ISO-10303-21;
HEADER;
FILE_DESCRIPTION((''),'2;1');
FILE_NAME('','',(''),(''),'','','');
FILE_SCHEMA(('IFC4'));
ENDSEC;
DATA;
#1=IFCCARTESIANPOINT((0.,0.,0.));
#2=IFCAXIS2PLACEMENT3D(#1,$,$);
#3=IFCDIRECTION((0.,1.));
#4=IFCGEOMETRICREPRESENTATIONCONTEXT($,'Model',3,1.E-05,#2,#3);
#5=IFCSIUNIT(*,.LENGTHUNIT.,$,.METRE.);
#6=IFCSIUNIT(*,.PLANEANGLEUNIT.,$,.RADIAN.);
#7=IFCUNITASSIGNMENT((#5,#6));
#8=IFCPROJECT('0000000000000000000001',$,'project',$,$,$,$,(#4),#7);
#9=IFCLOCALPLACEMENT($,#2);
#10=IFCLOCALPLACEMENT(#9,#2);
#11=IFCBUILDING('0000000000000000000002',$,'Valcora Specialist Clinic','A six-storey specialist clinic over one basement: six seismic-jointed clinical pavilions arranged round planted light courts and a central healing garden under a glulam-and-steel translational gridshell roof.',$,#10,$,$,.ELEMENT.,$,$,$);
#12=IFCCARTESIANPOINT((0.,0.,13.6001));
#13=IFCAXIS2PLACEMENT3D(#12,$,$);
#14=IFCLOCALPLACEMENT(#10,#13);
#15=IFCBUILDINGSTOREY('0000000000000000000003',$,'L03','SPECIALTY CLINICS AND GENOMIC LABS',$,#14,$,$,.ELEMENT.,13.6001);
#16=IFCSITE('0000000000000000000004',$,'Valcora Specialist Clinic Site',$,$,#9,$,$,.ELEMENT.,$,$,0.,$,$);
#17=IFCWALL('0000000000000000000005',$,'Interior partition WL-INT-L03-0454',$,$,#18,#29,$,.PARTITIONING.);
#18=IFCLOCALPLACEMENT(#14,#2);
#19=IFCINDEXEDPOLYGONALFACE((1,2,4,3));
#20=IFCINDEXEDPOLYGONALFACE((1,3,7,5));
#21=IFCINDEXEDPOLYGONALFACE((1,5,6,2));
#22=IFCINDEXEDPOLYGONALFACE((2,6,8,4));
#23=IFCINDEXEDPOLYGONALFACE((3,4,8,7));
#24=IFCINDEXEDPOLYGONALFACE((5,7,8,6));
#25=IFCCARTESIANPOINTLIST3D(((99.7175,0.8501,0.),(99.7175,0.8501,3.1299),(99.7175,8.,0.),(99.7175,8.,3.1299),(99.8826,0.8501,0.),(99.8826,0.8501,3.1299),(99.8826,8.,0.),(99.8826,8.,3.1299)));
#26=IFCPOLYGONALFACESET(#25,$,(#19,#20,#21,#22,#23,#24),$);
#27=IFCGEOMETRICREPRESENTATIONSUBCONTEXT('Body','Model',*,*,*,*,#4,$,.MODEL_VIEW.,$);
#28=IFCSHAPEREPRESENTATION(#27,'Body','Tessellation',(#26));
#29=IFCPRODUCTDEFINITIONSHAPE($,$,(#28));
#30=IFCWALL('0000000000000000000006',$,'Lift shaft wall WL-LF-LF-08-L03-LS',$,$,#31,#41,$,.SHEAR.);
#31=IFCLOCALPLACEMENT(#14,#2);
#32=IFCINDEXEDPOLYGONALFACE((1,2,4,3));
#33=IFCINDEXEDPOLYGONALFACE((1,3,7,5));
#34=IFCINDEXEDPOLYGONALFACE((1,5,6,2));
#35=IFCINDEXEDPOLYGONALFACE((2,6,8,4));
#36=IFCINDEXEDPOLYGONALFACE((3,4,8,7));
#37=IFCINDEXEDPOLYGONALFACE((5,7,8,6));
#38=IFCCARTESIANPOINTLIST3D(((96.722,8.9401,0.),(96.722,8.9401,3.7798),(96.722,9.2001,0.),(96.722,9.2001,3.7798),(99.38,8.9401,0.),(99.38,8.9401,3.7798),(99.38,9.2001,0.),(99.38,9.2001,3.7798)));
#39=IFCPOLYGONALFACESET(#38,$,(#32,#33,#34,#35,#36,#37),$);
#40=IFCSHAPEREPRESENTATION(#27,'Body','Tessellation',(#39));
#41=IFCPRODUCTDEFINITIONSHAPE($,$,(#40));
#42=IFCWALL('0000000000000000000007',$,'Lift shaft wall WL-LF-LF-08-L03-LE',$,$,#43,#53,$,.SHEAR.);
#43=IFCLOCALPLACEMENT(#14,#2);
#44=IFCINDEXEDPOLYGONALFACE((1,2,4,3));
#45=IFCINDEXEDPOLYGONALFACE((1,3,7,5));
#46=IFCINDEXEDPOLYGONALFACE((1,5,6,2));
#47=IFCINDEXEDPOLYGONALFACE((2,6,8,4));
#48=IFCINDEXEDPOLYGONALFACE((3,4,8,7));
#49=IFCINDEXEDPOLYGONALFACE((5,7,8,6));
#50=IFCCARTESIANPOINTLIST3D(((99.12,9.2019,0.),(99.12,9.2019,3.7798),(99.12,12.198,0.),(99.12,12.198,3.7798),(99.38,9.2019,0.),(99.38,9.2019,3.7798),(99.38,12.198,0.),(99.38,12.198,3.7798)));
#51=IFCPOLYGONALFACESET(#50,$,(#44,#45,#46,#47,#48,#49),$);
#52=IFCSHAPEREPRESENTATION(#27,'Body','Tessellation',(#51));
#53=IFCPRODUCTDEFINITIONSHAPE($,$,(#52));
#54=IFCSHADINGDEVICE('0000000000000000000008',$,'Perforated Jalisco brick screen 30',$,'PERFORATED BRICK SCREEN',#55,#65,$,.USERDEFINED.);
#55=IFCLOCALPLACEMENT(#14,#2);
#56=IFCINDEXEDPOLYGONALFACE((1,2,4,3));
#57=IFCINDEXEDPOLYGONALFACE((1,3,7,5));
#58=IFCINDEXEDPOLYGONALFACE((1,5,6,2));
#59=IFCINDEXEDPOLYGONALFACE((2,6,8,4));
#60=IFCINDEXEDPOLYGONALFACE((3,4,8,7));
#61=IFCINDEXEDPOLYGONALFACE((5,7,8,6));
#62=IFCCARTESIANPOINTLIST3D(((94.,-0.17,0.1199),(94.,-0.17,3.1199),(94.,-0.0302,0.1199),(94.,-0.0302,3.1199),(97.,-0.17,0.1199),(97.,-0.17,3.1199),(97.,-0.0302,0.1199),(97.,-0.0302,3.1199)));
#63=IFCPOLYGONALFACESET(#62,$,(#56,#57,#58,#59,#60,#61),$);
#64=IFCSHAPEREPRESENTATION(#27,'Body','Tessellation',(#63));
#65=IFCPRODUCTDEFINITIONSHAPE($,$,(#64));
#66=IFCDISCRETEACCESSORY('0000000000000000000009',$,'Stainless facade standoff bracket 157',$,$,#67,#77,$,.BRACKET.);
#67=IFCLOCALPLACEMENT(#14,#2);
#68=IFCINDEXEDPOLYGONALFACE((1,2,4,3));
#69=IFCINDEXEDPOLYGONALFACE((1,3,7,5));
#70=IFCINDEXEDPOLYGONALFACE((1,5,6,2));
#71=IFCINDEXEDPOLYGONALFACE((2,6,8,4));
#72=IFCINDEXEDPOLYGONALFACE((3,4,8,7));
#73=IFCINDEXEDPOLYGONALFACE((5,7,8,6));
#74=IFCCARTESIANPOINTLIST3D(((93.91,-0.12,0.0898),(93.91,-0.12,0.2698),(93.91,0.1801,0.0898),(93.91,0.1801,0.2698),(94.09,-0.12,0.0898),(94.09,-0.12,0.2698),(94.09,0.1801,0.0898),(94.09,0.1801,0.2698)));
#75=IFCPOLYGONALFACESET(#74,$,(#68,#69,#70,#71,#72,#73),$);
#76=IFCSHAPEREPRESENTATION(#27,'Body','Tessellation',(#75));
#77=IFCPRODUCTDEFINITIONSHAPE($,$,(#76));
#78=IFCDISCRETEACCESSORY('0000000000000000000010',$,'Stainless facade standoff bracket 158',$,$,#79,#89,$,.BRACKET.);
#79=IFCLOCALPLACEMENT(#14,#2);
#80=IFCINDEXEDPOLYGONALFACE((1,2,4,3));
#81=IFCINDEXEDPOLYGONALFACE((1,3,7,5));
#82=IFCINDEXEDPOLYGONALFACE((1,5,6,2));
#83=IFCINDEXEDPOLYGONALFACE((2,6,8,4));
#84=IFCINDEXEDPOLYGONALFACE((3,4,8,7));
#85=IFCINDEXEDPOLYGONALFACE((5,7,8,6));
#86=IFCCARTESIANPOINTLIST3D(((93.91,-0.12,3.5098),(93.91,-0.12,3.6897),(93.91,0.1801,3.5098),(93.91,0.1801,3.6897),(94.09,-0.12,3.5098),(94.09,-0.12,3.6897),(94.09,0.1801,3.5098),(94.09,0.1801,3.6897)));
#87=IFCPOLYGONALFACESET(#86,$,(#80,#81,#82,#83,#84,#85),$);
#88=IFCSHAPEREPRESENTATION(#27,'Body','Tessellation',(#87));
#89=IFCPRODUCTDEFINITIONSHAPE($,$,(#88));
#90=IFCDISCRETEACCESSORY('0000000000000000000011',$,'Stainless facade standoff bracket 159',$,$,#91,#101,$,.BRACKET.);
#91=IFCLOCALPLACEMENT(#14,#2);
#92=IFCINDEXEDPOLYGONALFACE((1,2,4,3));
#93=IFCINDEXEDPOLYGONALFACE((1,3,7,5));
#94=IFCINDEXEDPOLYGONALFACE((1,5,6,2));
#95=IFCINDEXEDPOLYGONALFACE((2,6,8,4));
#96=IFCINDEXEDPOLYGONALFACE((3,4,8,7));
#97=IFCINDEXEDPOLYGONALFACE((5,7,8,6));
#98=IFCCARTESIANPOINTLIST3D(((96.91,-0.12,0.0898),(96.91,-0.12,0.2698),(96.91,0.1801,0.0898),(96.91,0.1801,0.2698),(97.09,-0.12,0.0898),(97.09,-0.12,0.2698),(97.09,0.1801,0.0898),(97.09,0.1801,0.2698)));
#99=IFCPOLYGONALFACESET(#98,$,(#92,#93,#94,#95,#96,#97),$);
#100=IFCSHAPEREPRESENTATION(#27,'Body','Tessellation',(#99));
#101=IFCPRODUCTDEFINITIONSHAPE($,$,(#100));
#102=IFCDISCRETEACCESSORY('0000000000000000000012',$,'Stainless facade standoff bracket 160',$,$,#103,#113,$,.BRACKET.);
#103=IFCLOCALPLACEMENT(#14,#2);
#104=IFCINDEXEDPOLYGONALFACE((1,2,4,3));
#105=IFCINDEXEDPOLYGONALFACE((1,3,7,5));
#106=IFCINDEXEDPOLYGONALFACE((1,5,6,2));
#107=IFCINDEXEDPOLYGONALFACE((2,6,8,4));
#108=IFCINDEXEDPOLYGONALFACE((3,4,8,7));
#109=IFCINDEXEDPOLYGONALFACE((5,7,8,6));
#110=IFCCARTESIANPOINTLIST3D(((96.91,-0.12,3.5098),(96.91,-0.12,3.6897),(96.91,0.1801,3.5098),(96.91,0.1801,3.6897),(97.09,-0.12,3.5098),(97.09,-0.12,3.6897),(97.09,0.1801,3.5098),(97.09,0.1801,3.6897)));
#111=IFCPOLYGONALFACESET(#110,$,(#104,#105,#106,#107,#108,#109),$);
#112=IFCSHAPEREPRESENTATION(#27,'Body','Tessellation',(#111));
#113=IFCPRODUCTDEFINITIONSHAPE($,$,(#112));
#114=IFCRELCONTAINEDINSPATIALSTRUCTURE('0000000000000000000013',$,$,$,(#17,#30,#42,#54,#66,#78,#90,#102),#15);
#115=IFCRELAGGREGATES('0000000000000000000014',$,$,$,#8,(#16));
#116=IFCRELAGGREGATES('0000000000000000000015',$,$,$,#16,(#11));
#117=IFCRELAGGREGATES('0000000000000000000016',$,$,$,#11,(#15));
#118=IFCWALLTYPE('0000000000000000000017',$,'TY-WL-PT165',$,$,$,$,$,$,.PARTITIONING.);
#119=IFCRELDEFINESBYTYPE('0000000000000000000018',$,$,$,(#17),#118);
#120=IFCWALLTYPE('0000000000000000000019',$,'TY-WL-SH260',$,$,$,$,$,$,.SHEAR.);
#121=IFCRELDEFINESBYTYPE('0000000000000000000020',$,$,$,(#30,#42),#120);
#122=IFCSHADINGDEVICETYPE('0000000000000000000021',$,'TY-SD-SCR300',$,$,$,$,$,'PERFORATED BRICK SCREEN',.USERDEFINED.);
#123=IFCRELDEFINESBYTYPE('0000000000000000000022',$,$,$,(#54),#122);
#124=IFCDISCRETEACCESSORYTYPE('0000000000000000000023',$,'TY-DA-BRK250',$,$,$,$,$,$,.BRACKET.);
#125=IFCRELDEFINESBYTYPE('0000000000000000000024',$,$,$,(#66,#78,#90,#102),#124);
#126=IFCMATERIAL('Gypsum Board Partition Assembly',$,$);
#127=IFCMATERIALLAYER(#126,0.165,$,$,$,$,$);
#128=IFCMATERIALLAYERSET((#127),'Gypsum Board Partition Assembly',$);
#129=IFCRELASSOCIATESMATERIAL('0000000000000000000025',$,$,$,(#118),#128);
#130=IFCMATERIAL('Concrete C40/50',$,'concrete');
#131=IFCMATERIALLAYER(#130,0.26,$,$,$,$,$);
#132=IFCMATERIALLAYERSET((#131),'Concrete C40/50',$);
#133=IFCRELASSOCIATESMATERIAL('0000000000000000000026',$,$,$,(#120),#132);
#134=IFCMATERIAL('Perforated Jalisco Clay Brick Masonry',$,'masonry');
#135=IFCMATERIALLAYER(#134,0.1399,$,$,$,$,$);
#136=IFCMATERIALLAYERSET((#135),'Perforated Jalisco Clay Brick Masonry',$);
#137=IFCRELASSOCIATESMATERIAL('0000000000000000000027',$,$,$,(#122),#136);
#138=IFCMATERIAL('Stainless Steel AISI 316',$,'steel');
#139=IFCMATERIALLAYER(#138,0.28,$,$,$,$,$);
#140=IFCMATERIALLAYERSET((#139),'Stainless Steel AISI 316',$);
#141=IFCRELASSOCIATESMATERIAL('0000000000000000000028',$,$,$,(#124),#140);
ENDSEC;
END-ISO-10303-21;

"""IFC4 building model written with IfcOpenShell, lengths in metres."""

from ifc_helpers import new_model, si_unit, direction, frame, frame_2d, origin, origin_2d, place, context, subcontext, project, spatial, rectangle, extrude, material, layer, layer_set, type_object, element, save


model = new_model("IFC4")

# Units and contexts
model_context = context("Model", 3, precision=1e-05, world=origin(), true_north=direction((0.0, 1.0)))
body_context = subcontext(model_context, "Body", "Model", "MODEL_VIEW")
ifc_project = project(units=[si_unit("LENGTHUNIT", "METRE"), si_unit("PLANEANGLEUNIT", "RADIAN")], contexts=[model_context])

# Site, building, storey
site_placement = place(None, origin())
site = spatial("IfcSite", under=ifc_project, at=site_placement, Name="Valcora Specialist Clinic Site", CompositionType="ELEMENT", RefElevation=0.0)
building_placement = place(site_placement, origin())
building = spatial("IfcBuilding", under=site, at=building_placement, Name="Valcora Specialist Clinic", Description="A six-storey specialist clinic over one basement: six seismic-jointed clinical pavilions arranged round planted light courts and a central healing garden under a glulam-and-steel translational gridshell roof.", CompositionType="ELEMENT")
storey_placement = place(building_placement, frame((0.0, 0.0, 13.6001)))
storey = spatial("IfcBuildingStorey", under=building, at=storey_placement, Name="L03", Description="SPECIALTY CLINICS AND GENOMIC LABS", CompositionType="ELEMENT", Elevation=13.6001)

# Shared definitions
ifc_material_1 = material(Name="Concrete C40/50", Category="concrete")

# Walls
ifc_material_2 = material(Name="Gypsum Board Partition Assembly")
ifc_layer_1 = layer(ifc_material_2, 0.165)
ifc_layer_set_1 = layer_set([ifc_layer_1], Name="Gypsum Board Partition Assembly")
wall_type_1 = type_object("IfcWallType", Name="TY-WL-PT165", PredefinedType="PARTITIONING", material=ifc_layer_set_1)
wall_1_placement = place(storey_placement, frame((99.8, 0.8501, 0.0), z_axis=(0.0, 0.0, 1.0), x_axis=(0.0, 1.0, 0.0)))
element("IfcWall", 1, at=wall_1_placement, inside=storey, type_object=wall_type_1, Name="Interior partition WL-INT-L03-0454", PredefinedType="PARTITIONING", context=body_context, shape_type="SweptSolid", body=[
    extrude(rectangle(XDim=7.1499, YDim=0.165, at=frame_2d((3.575, 0.0))), origin(), (0.0, 0.0, 1.0), 3.1299),
])
ifc_layer_2 = layer(ifc_material_1, 0.26)
ifc_layer_set_2 = layer_set([ifc_layer_2], Name="Concrete C40/50")
wall_type_2 = type_object("IfcWallType", Name="TY-WL-SH260", PredefinedType="SHEAR", material=ifc_layer_set_2)
wall_2_placement = place(storey_placement, frame((96.7219, 9.0701, 0.0), z_axis=(0.0, 0.0, 1.0), x_axis=(1.0, 0.0, 0.0)))
element("IfcWall", 2, at=wall_2_placement, inside=storey, type_object=wall_type_2, Name="Lift shaft wall WL-LF-LF-08-L03-LS", PredefinedType="SHEAR", context=body_context, shape_type="SweptSolid", body=[
    extrude(rectangle(XDim=2.658, YDim=0.26, at=frame_2d((1.3291, 0.0))), origin(), (0.0, 0.0, 1.0), 3.7798),
])
wall_3_placement = place(storey_placement, frame((99.25, 9.2019, 0.0), z_axis=(0.0, 0.0, 1.0), x_axis=(0.0, 1.0, 0.0)))
element("IfcWall", 3, at=wall_3_placement, inside=storey, type_object=wall_type_2, Name="Lift shaft wall WL-LF-LF-08-L03-LE", PredefinedType="SHEAR", context=body_context, shape_type="SweptSolid", body=[
    extrude(rectangle(XDim=2.9961, YDim=0.26, at=frame_2d((1.498, 0.0))), origin(), (0.0, 0.0, 1.0), 3.7798),
])

# Shared definitions
ifc_material_3 = material(Name="Stainless Steel AISI 316", Category="steel")

# Shading device
ifc_material_4 = material(Name="Perforated Jalisco Clay Brick Masonry", Category="masonry")
ifc_layer_3 = layer(ifc_material_4, 0.1399)
ifc_layer_set_3 = layer_set([ifc_layer_3], Name="Perforated Jalisco Clay Brick Masonry")
shading_device_type = type_object("IfcShadingDeviceType", Name="TY-SD-SCR300", ElementType="PERFORATED BRICK SCREEN", PredefinedType="USERDEFINED", material=ifc_layer_set_3)
shading_device_placement = place(storey_placement, frame((95.5, -0.1001, 0.1199), z_axis=(0.0, 0.0, 1.0), x_axis=(1.0, 0.0, 0.0)))
element("IfcShadingDevice", 4, at=shading_device_placement, inside=storey, type_object=shading_device_type, Name="Perforated Jalisco brick screen 30", ObjectType="PERFORATED BRICK SCREEN", PredefinedType="USERDEFINED", context=body_context, shape_type="SweptSolid", body=[
    extrude(rectangle(XDim=3.0, YDim=0.1399, at=origin_2d()), origin(), (0.0, 0.0, 1.0), 3.0),
])

# Discrete accessories
ifc_layer_4 = layer(ifc_material_3, 0.28)
ifc_layer_set_4 = layer_set([ifc_layer_4], Name="Stainless Steel AISI 316")
discrete_accessory_type = type_object("IfcDiscreteAccessoryType", Name="TY-DA-BRK250", PredefinedType="BRACKET", material=ifc_layer_set_4)
for number, where, z_axis, x_axis, name in (
    (5, (94.0, 0.03, 0.0898), (0.0, 0.0, 1.0), (1.0, 0.0, 0.0), "Stainless facade standoff bracket 157"),
    (6, (94.0, 0.03, 3.5098), (0.0, 0.0, 1.0), (1.0, 0.0, 0.0), "Stainless facade standoff bracket 158"),
    (7, (97.0, 0.03, 0.0898), (0.0, 0.0, 1.0), (1.0, 0.0, 0.0), "Stainless facade standoff bracket 159"),
    (8, (97.0, 0.03, 3.5098), (0.0, 0.0, 1.0), (1.0, 0.0, 0.0), "Stainless facade standoff bracket 160"),
):
    element("IfcDiscreteAccessory", number, at=place(storey_placement, frame(where, z_axis=z_axis, x_axis=x_axis)), inside=storey, type_object=discrete_accessory_type, Name=name, PredefinedType="BRACKET", context=body_context, shape_type="SweptSolid", body=[
        extrude(rectangle(XDim=0.1799, YDim=0.3, at=origin_2d()), origin(), (0.0, 0.0, 1.0), 0.1799),
    ])

save(model, "model.ifc")
